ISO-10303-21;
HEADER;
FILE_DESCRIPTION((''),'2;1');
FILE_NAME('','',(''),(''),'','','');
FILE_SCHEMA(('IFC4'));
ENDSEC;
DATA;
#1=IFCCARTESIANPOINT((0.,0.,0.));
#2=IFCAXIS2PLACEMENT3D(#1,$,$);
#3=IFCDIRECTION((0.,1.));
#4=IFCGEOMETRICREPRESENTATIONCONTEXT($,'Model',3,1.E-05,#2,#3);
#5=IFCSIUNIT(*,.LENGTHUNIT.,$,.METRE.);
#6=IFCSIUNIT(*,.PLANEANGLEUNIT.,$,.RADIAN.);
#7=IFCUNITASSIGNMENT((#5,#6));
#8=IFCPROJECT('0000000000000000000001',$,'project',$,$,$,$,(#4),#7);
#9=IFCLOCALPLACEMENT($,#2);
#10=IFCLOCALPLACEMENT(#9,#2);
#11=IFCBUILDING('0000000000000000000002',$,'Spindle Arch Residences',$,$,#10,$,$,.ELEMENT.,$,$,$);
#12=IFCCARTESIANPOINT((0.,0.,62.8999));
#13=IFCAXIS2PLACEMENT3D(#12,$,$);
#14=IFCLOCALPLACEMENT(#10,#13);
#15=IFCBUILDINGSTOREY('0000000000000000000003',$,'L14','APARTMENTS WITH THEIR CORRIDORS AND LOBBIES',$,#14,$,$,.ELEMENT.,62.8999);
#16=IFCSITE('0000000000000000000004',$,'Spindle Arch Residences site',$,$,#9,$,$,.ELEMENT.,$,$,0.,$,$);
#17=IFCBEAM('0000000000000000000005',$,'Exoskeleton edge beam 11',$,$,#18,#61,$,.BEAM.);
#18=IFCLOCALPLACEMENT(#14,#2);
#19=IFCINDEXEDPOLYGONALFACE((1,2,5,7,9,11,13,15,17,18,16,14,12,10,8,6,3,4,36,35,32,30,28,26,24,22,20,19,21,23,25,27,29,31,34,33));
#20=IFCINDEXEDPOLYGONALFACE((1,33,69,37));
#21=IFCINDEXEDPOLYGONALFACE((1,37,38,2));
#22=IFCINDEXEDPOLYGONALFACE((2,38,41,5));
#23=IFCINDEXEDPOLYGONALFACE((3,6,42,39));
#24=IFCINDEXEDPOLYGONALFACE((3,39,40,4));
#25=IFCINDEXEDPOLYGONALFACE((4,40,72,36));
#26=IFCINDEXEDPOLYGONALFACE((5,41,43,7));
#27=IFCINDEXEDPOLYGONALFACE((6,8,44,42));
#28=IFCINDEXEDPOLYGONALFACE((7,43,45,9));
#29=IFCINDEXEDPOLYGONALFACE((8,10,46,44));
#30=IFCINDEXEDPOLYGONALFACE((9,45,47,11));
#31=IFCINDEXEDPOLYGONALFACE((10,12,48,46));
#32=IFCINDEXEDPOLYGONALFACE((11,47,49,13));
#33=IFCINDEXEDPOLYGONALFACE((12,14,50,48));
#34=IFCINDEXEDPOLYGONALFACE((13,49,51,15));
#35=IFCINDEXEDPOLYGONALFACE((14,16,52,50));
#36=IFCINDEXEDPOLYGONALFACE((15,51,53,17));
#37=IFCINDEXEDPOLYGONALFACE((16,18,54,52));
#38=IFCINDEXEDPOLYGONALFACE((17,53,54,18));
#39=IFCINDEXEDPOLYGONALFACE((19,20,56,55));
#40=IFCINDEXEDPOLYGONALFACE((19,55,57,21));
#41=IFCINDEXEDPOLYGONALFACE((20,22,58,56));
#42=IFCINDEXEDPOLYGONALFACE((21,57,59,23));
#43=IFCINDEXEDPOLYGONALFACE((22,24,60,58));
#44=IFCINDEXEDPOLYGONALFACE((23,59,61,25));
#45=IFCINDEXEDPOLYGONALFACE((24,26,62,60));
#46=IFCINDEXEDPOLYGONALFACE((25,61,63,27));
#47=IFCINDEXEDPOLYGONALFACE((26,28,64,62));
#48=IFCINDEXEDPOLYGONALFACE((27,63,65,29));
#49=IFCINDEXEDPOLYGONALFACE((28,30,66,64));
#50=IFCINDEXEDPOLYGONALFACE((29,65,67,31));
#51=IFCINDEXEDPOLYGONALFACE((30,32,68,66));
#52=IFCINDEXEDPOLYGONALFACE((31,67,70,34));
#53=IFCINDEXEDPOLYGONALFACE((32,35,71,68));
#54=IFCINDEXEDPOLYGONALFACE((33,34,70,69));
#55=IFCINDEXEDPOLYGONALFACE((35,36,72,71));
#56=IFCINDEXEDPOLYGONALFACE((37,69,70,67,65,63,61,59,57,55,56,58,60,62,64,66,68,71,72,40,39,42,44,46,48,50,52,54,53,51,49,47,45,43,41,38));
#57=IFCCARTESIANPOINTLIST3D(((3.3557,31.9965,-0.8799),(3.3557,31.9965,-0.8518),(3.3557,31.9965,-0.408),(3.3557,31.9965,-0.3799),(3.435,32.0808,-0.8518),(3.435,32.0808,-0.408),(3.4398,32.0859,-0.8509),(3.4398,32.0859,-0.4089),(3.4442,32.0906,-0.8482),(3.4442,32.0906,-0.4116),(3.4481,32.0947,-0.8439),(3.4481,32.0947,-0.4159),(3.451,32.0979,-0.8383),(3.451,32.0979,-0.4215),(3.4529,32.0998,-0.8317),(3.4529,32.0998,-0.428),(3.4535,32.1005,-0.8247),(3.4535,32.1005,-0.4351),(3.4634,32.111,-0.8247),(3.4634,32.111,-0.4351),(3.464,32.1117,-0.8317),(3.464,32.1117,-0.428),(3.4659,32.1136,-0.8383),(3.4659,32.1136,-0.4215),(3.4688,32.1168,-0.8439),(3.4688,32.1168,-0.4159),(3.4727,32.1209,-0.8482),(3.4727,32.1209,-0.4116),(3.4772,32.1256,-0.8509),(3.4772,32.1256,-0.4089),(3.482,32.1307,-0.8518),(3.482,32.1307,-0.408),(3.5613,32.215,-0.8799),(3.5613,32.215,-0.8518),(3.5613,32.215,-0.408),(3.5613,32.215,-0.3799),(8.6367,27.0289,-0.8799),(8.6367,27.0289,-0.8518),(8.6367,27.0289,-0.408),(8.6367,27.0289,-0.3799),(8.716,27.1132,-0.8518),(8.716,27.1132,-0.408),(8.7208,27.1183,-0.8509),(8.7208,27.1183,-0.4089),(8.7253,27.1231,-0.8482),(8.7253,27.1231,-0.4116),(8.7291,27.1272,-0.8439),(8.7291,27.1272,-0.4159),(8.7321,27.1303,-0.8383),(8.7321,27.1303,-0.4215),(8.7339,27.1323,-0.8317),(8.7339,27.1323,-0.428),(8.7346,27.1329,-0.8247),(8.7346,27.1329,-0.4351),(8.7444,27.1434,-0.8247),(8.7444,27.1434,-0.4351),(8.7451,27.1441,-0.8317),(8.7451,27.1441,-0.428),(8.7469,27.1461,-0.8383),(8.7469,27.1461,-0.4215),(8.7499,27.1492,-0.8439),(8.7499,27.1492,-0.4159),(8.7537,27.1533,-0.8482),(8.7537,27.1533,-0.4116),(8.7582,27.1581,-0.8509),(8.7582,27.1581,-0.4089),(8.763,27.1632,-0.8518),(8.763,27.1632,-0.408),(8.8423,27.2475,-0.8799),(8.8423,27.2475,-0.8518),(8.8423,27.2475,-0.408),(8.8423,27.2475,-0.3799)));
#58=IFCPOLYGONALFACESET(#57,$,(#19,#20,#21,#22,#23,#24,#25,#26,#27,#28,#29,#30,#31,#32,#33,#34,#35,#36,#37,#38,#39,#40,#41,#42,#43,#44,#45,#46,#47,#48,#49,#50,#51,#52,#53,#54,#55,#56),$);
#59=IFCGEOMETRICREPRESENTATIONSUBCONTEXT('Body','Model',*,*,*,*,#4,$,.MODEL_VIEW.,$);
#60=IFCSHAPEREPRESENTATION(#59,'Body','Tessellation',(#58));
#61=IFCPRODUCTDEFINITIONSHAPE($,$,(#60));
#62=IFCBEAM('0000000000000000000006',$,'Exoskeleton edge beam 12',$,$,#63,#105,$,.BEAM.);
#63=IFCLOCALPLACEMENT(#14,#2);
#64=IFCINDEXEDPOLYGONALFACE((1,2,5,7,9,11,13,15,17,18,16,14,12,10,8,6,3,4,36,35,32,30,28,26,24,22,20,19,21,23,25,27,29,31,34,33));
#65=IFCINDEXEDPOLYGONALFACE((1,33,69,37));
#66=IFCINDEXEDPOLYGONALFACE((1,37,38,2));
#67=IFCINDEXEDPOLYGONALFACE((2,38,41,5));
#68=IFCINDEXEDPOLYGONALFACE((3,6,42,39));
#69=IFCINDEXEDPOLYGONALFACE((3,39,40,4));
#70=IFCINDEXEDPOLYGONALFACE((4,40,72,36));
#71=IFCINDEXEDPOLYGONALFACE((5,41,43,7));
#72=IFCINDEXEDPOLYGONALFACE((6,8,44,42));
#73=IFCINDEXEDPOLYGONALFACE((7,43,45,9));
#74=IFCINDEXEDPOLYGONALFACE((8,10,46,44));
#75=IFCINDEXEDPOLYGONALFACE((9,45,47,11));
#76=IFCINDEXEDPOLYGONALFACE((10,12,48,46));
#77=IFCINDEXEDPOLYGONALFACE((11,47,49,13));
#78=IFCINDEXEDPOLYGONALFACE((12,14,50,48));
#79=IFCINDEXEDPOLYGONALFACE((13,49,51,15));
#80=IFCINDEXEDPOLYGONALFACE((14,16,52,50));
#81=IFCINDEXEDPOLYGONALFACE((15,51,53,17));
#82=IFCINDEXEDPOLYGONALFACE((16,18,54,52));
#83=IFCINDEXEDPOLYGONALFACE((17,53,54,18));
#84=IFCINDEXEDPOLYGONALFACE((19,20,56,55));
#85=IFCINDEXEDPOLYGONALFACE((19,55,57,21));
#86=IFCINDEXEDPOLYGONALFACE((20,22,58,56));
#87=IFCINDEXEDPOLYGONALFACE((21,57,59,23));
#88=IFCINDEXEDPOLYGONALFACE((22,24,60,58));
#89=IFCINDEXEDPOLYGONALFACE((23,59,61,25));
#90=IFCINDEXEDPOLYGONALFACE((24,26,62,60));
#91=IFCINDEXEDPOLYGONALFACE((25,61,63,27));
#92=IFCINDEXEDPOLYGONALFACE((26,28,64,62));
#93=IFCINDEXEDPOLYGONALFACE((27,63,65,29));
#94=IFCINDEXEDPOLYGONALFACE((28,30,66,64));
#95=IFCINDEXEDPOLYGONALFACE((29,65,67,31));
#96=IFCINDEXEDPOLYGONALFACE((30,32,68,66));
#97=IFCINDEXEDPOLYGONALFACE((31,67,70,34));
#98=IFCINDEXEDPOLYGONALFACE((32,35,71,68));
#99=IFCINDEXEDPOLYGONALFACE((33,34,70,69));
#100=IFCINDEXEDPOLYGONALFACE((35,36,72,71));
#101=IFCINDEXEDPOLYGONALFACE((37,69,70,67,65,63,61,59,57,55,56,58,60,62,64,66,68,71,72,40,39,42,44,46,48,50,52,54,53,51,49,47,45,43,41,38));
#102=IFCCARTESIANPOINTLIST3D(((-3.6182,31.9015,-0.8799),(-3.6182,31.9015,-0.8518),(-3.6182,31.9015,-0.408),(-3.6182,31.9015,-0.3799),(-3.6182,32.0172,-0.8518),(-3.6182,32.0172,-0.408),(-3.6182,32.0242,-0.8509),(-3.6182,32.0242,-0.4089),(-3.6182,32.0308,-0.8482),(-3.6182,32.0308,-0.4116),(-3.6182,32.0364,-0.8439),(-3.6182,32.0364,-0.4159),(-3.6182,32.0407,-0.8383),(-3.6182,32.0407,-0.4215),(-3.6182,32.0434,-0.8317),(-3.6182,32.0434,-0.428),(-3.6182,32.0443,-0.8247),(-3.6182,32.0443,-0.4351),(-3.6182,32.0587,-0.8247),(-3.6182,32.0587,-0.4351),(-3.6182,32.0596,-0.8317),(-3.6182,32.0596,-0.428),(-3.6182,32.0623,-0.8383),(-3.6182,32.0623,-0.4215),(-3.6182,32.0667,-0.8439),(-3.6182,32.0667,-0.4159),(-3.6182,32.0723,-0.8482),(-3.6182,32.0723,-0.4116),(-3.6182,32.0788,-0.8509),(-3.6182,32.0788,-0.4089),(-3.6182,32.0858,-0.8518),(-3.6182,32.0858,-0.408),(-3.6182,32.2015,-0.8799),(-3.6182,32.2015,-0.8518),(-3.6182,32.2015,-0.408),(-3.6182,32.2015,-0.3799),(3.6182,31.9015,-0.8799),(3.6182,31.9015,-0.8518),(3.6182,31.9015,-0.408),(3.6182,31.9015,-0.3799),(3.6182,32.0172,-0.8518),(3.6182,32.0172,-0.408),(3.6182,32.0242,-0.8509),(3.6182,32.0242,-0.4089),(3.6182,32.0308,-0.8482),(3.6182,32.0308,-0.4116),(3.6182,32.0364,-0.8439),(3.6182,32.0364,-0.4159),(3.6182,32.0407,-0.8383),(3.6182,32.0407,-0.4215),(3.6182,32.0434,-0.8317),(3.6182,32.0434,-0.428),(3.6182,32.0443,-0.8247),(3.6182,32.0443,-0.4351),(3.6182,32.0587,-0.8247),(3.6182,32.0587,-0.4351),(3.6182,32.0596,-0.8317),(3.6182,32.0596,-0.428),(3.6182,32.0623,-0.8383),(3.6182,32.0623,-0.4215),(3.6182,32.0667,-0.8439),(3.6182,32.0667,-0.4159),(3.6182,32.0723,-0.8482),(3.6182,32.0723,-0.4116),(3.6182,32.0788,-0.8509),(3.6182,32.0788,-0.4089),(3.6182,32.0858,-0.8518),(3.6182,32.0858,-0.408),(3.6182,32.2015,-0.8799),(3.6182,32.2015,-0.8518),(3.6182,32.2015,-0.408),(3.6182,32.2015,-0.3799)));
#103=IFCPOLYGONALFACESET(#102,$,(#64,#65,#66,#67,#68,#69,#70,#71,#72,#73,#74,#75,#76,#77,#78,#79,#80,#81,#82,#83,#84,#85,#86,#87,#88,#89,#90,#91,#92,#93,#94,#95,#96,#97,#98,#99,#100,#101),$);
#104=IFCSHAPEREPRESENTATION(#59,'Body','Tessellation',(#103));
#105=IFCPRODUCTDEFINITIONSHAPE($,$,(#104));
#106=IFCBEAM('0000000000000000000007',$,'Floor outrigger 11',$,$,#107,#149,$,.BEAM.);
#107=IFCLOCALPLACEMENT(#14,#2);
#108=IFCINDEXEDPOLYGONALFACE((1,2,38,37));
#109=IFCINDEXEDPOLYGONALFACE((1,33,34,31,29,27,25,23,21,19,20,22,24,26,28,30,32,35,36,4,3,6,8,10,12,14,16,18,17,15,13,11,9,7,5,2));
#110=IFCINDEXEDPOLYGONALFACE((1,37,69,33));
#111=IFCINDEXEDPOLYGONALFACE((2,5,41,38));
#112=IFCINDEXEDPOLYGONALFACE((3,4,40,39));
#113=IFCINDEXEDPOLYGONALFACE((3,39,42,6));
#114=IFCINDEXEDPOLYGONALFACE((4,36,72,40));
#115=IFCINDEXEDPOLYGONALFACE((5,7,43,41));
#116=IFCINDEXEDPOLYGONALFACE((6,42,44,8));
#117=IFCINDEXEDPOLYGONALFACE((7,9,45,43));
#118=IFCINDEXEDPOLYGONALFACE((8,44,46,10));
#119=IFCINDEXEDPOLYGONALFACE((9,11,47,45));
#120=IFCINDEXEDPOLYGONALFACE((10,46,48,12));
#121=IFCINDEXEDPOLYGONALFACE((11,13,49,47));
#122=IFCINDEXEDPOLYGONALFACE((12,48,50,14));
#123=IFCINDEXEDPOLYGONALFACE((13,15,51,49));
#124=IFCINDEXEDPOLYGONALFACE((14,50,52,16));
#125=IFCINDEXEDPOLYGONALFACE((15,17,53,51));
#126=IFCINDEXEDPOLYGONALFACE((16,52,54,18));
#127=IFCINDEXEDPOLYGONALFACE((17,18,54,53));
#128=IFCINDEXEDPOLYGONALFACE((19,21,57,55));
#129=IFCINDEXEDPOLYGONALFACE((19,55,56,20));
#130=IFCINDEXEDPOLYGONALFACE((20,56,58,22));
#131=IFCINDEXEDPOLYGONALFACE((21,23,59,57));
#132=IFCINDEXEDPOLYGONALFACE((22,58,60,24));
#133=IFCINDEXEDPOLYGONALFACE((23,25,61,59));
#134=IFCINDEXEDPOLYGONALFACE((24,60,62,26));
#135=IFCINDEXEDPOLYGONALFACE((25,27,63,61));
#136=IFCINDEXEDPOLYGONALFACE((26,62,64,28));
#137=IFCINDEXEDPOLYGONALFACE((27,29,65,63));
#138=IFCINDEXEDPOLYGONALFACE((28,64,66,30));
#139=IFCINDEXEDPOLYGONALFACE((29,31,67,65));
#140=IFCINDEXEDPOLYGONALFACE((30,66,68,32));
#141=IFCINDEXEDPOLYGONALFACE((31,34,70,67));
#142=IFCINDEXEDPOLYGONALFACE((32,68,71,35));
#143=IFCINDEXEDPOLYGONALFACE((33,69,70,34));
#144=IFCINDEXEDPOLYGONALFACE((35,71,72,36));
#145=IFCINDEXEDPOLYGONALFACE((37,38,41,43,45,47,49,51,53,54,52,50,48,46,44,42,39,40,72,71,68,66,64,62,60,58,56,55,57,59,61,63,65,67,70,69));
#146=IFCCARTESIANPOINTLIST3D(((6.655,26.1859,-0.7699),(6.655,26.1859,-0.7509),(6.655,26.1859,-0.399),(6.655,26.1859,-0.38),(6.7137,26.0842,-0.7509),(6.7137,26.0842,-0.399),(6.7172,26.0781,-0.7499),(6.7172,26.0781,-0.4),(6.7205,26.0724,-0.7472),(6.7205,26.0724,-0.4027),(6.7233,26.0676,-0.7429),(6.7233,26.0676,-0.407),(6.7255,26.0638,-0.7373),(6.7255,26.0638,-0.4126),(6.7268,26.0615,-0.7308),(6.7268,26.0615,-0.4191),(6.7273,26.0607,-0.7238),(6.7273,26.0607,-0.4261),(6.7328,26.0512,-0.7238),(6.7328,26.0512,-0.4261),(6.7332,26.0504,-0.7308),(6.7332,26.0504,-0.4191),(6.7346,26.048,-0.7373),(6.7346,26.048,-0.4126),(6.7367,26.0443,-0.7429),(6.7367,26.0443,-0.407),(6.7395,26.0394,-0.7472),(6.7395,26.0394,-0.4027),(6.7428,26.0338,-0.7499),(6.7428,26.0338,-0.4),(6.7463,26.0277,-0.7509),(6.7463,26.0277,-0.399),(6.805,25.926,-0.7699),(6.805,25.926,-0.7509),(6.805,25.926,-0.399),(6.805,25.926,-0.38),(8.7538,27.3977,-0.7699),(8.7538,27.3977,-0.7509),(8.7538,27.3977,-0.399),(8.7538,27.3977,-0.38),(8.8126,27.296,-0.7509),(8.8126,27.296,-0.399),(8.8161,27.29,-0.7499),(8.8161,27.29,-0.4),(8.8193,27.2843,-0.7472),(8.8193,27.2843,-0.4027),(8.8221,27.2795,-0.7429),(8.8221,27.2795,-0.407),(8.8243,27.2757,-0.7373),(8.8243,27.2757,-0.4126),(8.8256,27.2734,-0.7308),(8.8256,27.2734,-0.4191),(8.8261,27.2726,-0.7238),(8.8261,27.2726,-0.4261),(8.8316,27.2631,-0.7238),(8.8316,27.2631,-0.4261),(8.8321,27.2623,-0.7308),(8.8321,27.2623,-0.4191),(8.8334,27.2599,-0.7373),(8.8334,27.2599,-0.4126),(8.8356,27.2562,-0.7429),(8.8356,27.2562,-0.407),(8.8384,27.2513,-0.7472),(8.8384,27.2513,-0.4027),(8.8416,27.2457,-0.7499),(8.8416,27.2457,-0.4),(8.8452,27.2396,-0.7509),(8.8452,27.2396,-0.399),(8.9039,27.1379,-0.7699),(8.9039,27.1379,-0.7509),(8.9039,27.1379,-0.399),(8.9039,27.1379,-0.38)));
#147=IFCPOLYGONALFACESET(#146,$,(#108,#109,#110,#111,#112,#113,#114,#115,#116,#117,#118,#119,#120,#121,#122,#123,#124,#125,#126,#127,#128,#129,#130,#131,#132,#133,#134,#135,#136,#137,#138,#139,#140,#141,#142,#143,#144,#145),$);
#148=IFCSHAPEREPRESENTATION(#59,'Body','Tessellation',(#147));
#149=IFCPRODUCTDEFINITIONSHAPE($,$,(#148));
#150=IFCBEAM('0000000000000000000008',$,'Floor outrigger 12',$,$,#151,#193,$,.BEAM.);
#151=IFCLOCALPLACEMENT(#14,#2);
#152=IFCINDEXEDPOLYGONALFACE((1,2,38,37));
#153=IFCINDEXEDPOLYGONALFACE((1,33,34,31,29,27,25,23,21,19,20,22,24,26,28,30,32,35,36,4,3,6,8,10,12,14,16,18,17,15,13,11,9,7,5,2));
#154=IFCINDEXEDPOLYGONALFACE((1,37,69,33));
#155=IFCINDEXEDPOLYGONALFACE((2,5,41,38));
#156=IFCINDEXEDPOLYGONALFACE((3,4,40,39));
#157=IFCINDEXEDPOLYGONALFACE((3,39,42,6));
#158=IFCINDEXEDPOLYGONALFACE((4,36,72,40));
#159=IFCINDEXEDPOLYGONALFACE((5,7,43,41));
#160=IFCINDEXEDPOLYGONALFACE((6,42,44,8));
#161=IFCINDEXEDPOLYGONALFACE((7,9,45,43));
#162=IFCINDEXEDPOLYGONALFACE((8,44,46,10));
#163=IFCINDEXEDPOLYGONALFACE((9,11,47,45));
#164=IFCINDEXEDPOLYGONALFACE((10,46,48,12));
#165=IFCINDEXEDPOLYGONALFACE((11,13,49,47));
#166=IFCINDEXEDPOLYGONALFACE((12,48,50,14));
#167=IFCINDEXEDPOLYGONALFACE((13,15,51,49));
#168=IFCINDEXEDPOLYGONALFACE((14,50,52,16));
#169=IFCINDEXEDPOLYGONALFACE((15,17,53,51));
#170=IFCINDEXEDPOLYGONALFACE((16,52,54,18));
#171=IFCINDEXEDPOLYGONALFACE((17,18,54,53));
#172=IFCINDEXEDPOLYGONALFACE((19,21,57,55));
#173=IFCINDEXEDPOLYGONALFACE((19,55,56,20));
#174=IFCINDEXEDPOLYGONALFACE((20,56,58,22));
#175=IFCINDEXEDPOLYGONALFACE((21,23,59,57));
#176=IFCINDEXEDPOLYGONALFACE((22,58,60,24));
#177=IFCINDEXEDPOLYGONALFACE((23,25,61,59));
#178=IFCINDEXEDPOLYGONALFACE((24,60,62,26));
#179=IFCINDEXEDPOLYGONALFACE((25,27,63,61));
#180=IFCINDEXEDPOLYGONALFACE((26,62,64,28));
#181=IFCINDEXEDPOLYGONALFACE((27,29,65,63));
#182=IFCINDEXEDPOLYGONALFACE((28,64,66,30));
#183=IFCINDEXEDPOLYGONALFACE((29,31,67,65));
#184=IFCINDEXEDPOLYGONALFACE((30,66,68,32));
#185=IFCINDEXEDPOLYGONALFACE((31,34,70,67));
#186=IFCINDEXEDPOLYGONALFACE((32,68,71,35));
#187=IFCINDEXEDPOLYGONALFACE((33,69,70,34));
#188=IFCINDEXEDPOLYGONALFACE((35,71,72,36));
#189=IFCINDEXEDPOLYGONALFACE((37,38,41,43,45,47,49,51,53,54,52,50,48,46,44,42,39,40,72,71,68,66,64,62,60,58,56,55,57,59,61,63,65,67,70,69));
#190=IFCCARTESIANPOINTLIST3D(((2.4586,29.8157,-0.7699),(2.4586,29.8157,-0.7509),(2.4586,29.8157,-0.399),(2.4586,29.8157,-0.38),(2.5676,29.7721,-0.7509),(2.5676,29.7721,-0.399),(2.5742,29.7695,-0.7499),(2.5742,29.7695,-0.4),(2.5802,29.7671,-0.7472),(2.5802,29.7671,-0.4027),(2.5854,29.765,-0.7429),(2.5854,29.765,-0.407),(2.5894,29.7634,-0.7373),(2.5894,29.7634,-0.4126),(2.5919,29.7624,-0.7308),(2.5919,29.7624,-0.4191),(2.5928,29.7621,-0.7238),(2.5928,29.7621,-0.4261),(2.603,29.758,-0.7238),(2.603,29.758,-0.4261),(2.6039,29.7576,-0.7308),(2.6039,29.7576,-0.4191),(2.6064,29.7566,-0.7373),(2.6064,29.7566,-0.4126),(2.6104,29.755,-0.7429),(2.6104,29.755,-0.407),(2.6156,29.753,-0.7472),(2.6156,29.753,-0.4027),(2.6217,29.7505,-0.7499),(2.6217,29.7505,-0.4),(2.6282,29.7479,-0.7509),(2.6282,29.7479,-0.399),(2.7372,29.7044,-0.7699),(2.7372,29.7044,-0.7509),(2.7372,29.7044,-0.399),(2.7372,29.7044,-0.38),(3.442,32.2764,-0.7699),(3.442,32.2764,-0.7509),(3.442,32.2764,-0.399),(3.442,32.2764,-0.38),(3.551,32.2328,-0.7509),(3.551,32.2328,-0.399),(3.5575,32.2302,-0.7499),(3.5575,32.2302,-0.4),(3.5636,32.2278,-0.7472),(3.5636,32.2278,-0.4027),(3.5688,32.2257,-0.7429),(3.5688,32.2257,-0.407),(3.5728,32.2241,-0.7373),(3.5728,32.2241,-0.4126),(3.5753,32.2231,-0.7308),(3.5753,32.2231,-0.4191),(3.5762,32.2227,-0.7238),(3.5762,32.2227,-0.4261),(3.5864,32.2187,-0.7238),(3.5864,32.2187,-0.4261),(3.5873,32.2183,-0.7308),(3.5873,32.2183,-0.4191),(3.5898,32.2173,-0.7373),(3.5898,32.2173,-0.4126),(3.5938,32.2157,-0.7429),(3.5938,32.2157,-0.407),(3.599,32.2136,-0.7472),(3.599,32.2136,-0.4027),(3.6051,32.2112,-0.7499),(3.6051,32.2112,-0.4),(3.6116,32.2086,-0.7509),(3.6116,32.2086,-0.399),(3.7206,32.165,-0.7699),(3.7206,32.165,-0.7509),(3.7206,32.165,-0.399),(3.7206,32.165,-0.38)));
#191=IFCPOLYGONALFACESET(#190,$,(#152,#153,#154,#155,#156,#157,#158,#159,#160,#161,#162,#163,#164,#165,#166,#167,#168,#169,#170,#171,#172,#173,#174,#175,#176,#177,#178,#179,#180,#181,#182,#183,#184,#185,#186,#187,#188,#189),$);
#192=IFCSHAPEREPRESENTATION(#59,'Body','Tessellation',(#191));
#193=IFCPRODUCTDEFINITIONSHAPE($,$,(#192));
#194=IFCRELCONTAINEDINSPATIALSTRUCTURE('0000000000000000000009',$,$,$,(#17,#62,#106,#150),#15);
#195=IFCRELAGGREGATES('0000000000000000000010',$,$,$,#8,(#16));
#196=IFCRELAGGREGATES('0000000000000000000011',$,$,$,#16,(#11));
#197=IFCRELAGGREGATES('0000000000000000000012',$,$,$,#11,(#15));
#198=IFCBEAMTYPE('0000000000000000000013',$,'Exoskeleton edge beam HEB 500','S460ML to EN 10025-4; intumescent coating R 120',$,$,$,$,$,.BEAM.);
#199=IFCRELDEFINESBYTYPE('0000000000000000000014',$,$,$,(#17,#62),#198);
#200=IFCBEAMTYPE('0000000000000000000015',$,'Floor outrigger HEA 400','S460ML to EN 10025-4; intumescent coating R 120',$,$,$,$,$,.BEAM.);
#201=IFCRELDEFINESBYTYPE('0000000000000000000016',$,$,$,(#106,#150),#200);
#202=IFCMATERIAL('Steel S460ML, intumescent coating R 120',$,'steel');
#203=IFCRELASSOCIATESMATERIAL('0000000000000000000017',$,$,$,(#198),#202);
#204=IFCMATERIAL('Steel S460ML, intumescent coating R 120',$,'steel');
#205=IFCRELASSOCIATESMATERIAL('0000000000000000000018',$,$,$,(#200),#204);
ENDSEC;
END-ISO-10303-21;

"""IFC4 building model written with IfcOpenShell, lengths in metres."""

from ifc_helpers import new_model, si_unit, direction, frame, origin, origin_2d, place, context, subcontext, project, spatial, i_section, extrude, material, material_profile, profile_set, type_object, element, save


model = new_model("IFC4")

# Units and contexts
model_context = context("Model", 3, precision=1e-05, world=origin(), true_north=direction((0.0, 1.0)))
body_context = subcontext(model_context, "Body", "Model", "MODEL_VIEW")
ifc_project = project(units=[si_unit("LENGTHUNIT", "METRE"), si_unit("PLANEANGLEUNIT", "RADIAN")], contexts=[model_context])

# Site, building, storey
site_placement = place(None, origin())
site = spatial("IfcSite", under=ifc_project, at=site_placement, Name="Spindle Arch Residences site", CompositionType="ELEMENT", RefElevation=0.0)
building_placement = place(site_placement, origin())
building = spatial("IfcBuilding", under=site, at=building_placement, Name="Spindle Arch Residences", CompositionType="ELEMENT")
storey_placement = place(building_placement, frame((0.0, 0.0, 62.8999)))
storey = spatial("IfcBuildingStorey", under=building, at=storey_placement, Name="L14", Description="APARTMENTS WITH THEIR CORRIDORS AND LOBBIES", CompositionType="ELEMENT", Elevation=62.8999)

# Beams
ifc_material_1 = material(Name="Steel S460ML, intumescent coating R 120", Category="steel")
ifc_material_profile_1 = material_profile(ifc_material_1, i_section(OverallWidth=0.3, OverallDepth=0.5, WebThickness=0.0144, FlangeThickness=0.0281, FilletRadius=0.0271, at=origin_2d()), Name="HEB 500")
ifc_profile_set_1 = profile_set([ifc_material_profile_1], Name="Steel S460ML, intumescent coating R 120")
beam_type_1 = type_object("IfcBeamType", Name="Exoskeleton edge beam HEB 500", Description="S460ML to EN 10025-4; intumescent coating R 120", PredefinedType="BEAM", material=ifc_profile_set_1)
beam_1_placement = place(storey_placement, frame((8.7395, 27.1382, -0.6299), z_axis=(-0.728395, 0.685158, 0.0), x_axis=(-0.685158, -0.728395, 0.0)))
element("IfcBeam", 1, at=beam_1_placement, inside=storey, type_object=beam_type_1, Name="Exoskeleton edge beam 11", PredefinedType="BEAM", context=body_context, shape_type="SweptSolid", body=[
    extrude(i_section(OverallWidth=0.3, OverallDepth=0.5, WebThickness=0.0144, FlangeThickness=0.0281, FilletRadius=0.0271, at=origin_2d()), origin(), (0.0, 0.0, 1.0), 7.2502),
])
beam_2_placement = place(storey_placement, frame((3.6182, 32.0515, -0.6299), z_axis=(-1.0, 0.0, 0.0), x_axis=(0.0, -1.0, 0.0)))
element("IfcBeam", 2, at=beam_2_placement, inside=storey, type_object=beam_type_1, Name="Exoskeleton edge beam 12", PredefinedType="BEAM", context=body_context, shape_type="SweptSolid", body=[
    extrude(i_section(OverallWidth=0.3, OverallDepth=0.5, WebThickness=0.0144, FlangeThickness=0.0281, FilletRadius=0.0271, at=origin_2d()), origin(), (0.0, 0.0, 1.0), 7.2363),
])
ifc_material_2 = material(Name="Steel S460ML, intumescent coating R 120", Category="steel")
ifc_material_profile_2 = material_profile(ifc_material_2, i_section(OverallWidth=0.3, OverallDepth=0.3899, WebThickness=0.011, FlangeThickness=0.019, FilletRadius=0.0271, at=origin_2d()), Name="HEA 400")
ifc_profile_set_2 = profile_set([ifc_material_profile_2], Name="Steel S460ML, intumescent coating R 120")
beam_type_2 = type_object("IfcBeamType", Name="Floor outrigger HEA 400", Description="S460ML to EN 10025-4; intumescent coating R 120", PredefinedType="BEAM", material=ifc_profile_set_2)
beam_3_placement = place(storey_placement, frame((8.8289, 27.2678, -0.575), z_axis=(-0.866003, -0.500039, 0.0), x_axis=(0.500039, -0.866003, 0.0)))
element("IfcBeam", 3, at=beam_3_placement, inside=storey, type_object=beam_type_2, Name="Floor outrigger 11", PredefinedType="BEAM", context=body_context, shape_type="SweptSolid", body=[
    extrude(i_section(OverallWidth=0.3, OverallDepth=0.3899, WebThickness=0.011, FlangeThickness=0.019, FilletRadius=0.0271, at=origin_2d()), origin(), (0.0, 0.0, 1.0), 2.4236),
])
beam_4_placement = place(storey_placement, frame((3.5813, 32.2207, -0.575), z_axis=(-0.371105, -0.928591, 0.0), x_axis=(0.928591, -0.371105, 0.0)))
element("IfcBeam", 4, at=beam_4_placement, inside=storey, type_object=beam_type_2, Name="Floor outrigger 12", PredefinedType="BEAM", context=body_context, shape_type="SweptSolid", body=[
    extrude(i_section(OverallWidth=0.3, OverallDepth=0.3899, WebThickness=0.011, FlangeThickness=0.019, FilletRadius=0.0271, at=origin_2d()), origin(), (0.0, 0.0, 1.0), 2.6499),
])

save(model, "model.ifc")
